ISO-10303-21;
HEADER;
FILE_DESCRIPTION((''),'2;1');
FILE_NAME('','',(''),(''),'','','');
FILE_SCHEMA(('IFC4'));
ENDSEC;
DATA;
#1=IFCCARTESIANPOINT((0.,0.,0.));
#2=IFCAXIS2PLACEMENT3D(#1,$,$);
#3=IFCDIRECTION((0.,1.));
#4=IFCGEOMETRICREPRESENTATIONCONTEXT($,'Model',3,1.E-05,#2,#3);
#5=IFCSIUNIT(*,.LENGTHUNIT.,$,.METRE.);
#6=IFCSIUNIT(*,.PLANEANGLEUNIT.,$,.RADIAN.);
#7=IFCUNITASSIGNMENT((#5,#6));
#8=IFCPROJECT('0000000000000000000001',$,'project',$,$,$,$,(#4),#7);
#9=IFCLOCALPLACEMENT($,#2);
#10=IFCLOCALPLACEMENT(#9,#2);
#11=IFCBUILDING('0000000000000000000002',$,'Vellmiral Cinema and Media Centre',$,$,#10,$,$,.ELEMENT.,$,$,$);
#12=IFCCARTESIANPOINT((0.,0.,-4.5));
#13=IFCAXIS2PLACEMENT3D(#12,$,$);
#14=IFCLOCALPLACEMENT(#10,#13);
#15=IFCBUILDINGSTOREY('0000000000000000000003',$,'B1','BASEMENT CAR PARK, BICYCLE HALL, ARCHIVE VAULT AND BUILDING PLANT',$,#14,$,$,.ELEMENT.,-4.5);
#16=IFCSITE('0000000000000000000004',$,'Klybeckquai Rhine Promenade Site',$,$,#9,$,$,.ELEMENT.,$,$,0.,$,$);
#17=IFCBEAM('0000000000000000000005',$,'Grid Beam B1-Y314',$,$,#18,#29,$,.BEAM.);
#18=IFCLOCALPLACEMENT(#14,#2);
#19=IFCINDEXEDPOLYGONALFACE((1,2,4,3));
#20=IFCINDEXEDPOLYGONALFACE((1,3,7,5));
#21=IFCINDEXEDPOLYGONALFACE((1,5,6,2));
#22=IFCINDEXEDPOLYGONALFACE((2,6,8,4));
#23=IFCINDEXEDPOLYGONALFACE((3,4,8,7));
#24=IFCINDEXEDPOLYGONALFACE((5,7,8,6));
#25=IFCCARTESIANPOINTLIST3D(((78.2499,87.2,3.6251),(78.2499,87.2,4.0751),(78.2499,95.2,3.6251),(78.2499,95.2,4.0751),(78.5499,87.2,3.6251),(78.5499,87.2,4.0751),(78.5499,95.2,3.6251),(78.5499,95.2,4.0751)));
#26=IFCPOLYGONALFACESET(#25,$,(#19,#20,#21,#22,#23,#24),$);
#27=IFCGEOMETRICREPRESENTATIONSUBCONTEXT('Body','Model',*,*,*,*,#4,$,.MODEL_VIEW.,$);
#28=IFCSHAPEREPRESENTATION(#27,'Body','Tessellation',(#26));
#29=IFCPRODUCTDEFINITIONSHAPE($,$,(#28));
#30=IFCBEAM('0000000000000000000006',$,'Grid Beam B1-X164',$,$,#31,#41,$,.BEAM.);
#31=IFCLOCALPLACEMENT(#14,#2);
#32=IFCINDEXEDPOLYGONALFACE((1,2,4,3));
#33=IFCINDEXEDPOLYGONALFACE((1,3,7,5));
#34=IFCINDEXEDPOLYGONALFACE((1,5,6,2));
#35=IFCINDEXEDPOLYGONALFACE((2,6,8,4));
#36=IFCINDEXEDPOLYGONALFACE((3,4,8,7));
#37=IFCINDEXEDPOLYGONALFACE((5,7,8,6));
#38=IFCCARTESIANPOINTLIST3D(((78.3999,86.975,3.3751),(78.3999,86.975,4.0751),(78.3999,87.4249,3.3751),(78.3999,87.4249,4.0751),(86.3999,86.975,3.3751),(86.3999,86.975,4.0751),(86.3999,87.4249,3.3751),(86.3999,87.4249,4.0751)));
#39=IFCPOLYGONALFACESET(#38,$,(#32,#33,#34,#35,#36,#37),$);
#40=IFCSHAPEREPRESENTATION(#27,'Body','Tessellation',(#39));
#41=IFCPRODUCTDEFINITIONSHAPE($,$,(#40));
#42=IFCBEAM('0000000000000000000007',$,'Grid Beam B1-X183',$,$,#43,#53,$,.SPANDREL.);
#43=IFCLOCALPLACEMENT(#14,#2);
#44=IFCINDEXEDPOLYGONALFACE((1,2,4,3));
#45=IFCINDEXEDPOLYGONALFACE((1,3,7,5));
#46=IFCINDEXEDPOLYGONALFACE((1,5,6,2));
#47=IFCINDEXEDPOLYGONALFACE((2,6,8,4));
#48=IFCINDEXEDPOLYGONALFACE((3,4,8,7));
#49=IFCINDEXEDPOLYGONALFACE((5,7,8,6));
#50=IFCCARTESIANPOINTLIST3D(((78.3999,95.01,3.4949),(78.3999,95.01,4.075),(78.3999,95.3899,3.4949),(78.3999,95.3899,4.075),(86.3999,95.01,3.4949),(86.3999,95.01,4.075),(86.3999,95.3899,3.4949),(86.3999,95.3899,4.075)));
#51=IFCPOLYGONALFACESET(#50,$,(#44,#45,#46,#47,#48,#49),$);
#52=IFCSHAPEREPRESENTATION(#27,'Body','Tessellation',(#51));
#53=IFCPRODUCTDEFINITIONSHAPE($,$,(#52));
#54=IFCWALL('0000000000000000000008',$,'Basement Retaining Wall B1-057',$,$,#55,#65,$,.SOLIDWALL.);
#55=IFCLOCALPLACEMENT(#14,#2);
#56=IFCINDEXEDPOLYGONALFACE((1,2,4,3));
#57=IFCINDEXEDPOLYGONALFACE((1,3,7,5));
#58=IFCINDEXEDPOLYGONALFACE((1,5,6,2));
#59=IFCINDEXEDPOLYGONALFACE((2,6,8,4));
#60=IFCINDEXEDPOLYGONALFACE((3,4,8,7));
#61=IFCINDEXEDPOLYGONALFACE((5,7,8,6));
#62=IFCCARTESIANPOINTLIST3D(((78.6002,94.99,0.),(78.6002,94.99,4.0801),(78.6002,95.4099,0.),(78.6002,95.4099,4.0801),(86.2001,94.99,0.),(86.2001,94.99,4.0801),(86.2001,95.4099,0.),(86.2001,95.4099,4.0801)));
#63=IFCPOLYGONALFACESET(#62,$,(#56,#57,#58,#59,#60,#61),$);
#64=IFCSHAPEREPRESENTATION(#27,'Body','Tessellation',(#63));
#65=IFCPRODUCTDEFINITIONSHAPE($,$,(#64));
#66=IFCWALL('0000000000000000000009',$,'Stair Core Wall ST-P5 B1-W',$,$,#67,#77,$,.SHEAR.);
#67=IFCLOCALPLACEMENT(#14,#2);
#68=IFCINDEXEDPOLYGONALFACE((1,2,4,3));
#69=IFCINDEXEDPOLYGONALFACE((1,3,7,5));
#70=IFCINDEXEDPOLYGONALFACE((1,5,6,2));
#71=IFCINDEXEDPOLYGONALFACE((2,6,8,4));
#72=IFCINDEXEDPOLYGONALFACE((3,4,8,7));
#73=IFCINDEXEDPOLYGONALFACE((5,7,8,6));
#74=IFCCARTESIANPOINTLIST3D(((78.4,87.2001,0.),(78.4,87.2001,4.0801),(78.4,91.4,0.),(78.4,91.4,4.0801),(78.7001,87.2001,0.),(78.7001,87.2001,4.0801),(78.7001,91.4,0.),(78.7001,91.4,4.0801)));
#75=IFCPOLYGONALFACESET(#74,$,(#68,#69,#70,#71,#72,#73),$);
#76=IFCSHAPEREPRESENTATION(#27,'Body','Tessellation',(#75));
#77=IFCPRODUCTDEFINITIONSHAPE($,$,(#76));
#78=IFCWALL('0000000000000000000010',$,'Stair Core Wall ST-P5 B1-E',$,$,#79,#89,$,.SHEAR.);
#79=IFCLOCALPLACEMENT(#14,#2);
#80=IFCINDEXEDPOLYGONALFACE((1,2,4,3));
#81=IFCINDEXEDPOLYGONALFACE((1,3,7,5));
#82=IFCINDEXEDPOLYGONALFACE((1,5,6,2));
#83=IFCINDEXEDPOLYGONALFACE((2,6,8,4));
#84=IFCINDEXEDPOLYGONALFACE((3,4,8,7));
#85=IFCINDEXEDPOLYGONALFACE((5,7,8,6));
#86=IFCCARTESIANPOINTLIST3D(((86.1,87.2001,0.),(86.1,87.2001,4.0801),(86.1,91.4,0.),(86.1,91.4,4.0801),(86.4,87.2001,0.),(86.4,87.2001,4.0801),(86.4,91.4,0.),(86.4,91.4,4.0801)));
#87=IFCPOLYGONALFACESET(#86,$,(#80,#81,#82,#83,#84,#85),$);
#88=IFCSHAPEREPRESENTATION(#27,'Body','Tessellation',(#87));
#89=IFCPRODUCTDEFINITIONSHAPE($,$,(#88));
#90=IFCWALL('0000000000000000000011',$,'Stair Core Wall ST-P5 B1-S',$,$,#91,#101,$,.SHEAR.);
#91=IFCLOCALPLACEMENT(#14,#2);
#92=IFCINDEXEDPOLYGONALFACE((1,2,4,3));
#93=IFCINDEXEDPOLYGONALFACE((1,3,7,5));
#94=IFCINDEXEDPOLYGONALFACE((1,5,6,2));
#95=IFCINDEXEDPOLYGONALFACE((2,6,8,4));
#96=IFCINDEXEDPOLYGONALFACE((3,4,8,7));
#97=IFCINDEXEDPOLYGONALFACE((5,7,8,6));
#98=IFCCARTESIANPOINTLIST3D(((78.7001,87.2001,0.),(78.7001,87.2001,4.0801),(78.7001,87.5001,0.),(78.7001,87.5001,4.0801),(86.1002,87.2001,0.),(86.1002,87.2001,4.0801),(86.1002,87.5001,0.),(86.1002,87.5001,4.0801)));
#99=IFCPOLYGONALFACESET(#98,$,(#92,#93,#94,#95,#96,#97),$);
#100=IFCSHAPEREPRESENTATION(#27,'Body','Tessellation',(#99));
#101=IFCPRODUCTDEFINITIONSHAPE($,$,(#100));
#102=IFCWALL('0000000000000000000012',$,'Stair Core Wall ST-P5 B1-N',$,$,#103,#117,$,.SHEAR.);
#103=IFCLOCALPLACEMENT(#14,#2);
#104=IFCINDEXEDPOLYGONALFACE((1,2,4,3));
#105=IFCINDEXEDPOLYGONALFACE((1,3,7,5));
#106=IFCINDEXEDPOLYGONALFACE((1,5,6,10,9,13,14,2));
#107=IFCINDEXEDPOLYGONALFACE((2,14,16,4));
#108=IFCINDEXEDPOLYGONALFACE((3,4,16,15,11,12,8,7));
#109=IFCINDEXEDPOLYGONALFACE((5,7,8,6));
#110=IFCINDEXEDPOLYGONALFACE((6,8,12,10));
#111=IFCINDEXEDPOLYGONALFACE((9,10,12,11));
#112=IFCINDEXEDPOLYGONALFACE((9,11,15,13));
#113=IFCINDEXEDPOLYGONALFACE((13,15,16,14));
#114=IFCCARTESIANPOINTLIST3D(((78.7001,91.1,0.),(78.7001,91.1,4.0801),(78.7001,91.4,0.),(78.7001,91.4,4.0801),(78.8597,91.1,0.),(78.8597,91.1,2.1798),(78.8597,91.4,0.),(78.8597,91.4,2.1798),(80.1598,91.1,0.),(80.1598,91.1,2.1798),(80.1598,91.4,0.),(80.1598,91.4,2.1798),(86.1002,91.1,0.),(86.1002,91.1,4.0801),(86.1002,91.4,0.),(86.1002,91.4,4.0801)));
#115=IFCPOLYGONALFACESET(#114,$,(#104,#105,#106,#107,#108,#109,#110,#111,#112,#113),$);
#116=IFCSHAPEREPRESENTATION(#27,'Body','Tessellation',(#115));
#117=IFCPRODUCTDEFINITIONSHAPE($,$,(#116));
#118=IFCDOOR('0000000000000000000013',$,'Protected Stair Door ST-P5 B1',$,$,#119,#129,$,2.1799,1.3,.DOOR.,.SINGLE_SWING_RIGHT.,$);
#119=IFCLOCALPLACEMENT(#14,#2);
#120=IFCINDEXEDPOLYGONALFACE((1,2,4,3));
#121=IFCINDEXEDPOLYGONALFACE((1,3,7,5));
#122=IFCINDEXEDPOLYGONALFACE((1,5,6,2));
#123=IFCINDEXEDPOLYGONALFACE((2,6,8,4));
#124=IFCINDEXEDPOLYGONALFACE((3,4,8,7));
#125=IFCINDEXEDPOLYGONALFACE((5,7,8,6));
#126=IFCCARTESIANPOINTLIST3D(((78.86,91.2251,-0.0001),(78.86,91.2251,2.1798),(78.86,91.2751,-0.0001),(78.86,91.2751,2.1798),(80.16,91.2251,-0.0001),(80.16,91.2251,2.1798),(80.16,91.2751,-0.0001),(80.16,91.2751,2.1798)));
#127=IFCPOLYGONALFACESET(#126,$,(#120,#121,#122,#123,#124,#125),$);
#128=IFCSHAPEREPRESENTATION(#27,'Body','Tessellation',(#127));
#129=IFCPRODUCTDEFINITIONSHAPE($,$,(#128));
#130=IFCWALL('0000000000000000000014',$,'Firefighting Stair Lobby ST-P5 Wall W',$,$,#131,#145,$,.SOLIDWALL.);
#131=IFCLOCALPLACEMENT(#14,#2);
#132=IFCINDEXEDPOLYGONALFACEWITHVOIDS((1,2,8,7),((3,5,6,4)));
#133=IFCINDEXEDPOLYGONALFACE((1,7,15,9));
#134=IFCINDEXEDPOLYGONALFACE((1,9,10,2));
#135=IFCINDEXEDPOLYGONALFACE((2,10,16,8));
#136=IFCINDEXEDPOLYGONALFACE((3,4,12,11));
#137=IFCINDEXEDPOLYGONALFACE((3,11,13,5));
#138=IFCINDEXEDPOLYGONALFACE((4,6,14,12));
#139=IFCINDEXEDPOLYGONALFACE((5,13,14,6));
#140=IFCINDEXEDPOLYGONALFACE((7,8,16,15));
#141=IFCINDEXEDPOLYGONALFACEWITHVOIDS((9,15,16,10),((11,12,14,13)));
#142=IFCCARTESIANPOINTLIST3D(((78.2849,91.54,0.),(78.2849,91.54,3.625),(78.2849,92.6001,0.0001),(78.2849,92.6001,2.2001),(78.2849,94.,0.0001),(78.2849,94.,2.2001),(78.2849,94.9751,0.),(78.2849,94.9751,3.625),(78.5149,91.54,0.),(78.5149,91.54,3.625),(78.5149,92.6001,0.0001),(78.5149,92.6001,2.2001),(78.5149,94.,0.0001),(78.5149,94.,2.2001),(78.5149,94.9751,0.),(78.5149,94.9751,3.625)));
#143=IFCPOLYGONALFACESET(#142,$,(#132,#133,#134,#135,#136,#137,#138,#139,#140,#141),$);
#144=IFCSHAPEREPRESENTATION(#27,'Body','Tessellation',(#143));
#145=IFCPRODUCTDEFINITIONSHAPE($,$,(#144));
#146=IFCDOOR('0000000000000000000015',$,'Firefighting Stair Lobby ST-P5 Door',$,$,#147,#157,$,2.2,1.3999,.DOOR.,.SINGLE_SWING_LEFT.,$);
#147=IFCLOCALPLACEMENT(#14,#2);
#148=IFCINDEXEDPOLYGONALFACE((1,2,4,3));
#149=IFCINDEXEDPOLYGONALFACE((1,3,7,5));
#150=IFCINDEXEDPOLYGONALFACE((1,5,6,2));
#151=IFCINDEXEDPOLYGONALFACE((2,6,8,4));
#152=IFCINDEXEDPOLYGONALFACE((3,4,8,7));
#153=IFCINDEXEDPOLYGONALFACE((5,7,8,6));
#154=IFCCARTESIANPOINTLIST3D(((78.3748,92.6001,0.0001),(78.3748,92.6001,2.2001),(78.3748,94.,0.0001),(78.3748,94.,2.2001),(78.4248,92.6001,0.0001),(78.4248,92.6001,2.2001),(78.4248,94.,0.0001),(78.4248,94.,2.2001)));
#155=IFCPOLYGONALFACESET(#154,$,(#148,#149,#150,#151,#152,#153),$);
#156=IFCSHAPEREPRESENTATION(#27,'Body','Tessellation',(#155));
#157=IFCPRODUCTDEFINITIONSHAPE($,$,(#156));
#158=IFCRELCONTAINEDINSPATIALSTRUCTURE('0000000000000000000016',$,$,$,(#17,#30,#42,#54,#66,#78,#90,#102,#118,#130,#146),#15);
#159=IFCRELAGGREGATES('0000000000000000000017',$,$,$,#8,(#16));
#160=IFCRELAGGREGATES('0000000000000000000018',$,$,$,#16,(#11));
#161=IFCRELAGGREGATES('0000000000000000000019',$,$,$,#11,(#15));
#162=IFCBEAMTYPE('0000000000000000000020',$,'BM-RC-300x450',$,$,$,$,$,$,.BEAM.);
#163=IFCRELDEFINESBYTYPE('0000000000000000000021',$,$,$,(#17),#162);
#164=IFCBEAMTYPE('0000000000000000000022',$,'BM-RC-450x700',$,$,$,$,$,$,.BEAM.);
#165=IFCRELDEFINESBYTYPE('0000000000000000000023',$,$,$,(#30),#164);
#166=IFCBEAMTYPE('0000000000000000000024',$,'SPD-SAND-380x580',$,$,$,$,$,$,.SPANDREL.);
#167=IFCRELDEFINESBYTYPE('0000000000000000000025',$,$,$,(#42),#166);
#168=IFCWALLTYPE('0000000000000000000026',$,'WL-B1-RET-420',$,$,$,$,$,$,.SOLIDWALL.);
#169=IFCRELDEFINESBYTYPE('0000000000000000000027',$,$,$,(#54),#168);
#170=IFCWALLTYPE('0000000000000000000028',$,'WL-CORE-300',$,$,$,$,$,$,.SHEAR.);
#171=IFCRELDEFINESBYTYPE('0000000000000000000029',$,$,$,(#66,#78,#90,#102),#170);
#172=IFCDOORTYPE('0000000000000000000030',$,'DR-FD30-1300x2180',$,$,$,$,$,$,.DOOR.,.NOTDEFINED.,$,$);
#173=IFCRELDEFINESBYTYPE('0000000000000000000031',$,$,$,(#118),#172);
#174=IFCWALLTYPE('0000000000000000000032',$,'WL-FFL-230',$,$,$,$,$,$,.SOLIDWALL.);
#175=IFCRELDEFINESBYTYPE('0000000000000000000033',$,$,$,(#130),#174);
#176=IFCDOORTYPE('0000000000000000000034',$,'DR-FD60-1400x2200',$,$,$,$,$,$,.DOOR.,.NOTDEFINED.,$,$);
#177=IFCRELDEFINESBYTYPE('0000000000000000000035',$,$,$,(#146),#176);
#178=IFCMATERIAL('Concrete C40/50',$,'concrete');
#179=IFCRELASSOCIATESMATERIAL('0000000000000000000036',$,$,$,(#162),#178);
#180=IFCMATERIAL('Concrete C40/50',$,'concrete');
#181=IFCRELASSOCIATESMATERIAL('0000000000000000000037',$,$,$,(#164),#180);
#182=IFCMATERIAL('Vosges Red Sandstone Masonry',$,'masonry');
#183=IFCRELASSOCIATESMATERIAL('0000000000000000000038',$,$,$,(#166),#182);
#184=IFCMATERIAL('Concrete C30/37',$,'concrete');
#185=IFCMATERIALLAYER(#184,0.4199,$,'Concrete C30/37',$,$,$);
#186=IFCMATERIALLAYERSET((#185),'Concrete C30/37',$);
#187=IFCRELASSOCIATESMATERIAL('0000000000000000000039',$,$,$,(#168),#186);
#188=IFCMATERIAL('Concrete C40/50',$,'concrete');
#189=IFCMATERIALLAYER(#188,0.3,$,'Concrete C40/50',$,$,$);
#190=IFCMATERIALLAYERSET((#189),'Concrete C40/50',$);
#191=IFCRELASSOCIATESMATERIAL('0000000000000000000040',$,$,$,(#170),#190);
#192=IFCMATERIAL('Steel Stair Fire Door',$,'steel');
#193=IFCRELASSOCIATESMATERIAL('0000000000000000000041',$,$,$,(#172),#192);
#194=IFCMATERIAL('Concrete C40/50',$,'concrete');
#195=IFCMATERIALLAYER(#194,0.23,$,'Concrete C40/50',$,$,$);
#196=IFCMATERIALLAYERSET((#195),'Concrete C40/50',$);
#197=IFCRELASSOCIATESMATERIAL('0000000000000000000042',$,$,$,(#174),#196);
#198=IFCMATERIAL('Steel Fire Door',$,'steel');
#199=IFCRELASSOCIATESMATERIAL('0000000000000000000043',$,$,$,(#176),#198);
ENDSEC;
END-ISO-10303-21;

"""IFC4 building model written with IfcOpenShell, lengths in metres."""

from ifc_helpers import new_model, si_unit, direction, frame, frame_2d, origin, origin_2d, place, context, subcontext, project, spatial, rectangle, extrude, material, layer, layer_set, material_profile, profile_set, type_object, element, fill, save


model = new_model("IFC4")

# Units and contexts
model_context = context("Model", 3, precision=1e-05, world=origin(), true_north=direction((0.0, 1.0)))
body_context = subcontext(model_context, "Body", "Model", "MODEL_VIEW")
ifc_project = project(units=[si_unit("LENGTHUNIT", "METRE"), si_unit("PLANEANGLEUNIT", "RADIAN")], contexts=[model_context])

# Site, building, storey
site_placement = place(None, origin())
site = spatial("IfcSite", under=ifc_project, at=site_placement, Name="Klybeckquai Rhine Promenade Site", CompositionType="ELEMENT", RefElevation=0.0)
building_placement = place(site_placement, origin())
building = spatial("IfcBuilding", under=site, at=building_placement, Name="Vellmiral Cinema and Media Centre", CompositionType="ELEMENT")
storey_placement = place(building_placement, frame((0.0, 0.0, -4.5)))
storey = spatial("IfcBuildingStorey", under=building, at=storey_placement, Name="B1", Description="BASEMENT CAR PARK, BICYCLE HALL, ARCHIVE VAULT AND BUILDING PLANT", CompositionType="ELEMENT", Elevation=-4.5)

# Beams
ifc_material_1 = material(Name="Concrete C40/50", Category="concrete")
ifc_material_profile_1 = material_profile(ifc_material_1, rectangle(XDim=0.3, YDim=0.45, at=origin_2d()), Name="RC 300x450")
ifc_profile_set_1 = profile_set([ifc_material_profile_1], Name="Concrete C40/50")
beam_type_1 = type_object("IfcBeamType", Name="BM-RC-300x450", PredefinedType="BEAM", material=ifc_profile_set_1)
beam_1_placement = place(storey_placement, frame((78.3999, 87.2, 3.8501), z_axis=(0.0, 1.0, 0.0), x_axis=(-1.0, 0.0, 0.0)))
element("IfcBeam", 1, at=beam_1_placement, inside=storey, type_object=beam_type_1, Name="Grid Beam B1-Y314", PredefinedType="BEAM", context=body_context, shape_type="SweptSolid", body=[
    extrude(rectangle(XDim=0.3, YDim=0.45, at=origin_2d()), origin(), (0.0, 0.0, 1.0), 8.0),
])
ifc_material_2 = material(Name="Concrete C40/50", Category="concrete")
ifc_material_profile_2 = material_profile(ifc_material_2, rectangle(XDim=0.45, YDim=0.7, at=origin_2d()), Name="RC 450x700")
ifc_profile_set_2 = profile_set([ifc_material_profile_2], Name="Concrete C40/50")
beam_type_2 = type_object("IfcBeamType", Name="BM-RC-450x700", PredefinedType="BEAM", material=ifc_profile_set_2)
beam_2_placement = place(storey_placement, frame((78.3999, 87.2, 3.7251), z_axis=(1.0, 0.0, 0.0), x_axis=(0.0, 1.0, 0.0)))
element("IfcBeam", 2, at=beam_2_placement, inside=storey, type_object=beam_type_2, Name="Grid Beam B1-X164", PredefinedType="BEAM", context=body_context, shape_type="SweptSolid", body=[
    extrude(rectangle(XDim=0.45, YDim=0.7, at=origin_2d()), origin(), (0.0, 0.0, 1.0), 8.0),
])
ifc_material_3 = material(Name="Vosges Red Sandstone Masonry", Category="masonry")
ifc_material_profile_3 = material_profile(ifc_material_3, rectangle(XDim=0.3799, YDim=0.5801, at=origin_2d()), Name="SAND 380x580")
ifc_profile_set_3 = profile_set([ifc_material_profile_3], Name="Vosges Red Sandstone Masonry")
beam_type_3 = type_object("IfcBeamType", Name="SPD-SAND-380x580", PredefinedType="SPANDREL", material=ifc_profile_set_3)
beam_3_placement = place(storey_placement, frame((78.3999, 95.2, 3.7849), z_axis=(1.0, 0.0, 0.0), x_axis=(0.0, 1.0, 0.0)))
element("IfcBeam", 3, at=beam_3_placement, inside=storey, type_object=beam_type_3, Name="Grid Beam B1-X183", PredefinedType="SPANDREL", context=body_context, shape_type="SweptSolid", body=[
    extrude(rectangle(XDim=0.3799, YDim=0.5801, at=origin_2d()), origin(), (0.0, 0.0, 1.0), 8.0),
])

# Walls
ifc_material_4 = material(Name="Concrete C30/37", Category="concrete")
ifc_layer_1 = layer(ifc_material_4, 0.4199, Name="Concrete C30/37")
ifc_layer_set_1 = layer_set([ifc_layer_1], Name="Concrete C30/37")
wall_type_1 = type_object("IfcWallType", Name="WL-B1-RET-420", PredefinedType="SOLIDWALL", material=ifc_layer_set_1)
wall_1_placement = place(storey_placement, frame((86.2, 95.2, 0.0), z_axis=(0.0, 0.0, 1.0), x_axis=(-1.0, 0.0, 0.0)))
element("IfcWall", 4, at=wall_1_placement, inside=storey, type_object=wall_type_1, Name="Basement Retaining Wall B1-057", PredefinedType="SOLIDWALL", context=body_context, shape_type="SweptSolid", body=[
    extrude(rectangle(XDim=7.5999, YDim=0.4199, at=frame_2d((3.7998, 0.0))), origin(), (0.0, 0.0, 1.0), 4.0801),
])
ifc_material_5 = material(Name="Concrete C40/50", Category="concrete")
ifc_layer_2 = layer(ifc_material_5, 0.3, Name="Concrete C40/50")
ifc_layer_set_2 = layer_set([ifc_layer_2], Name="Concrete C40/50")
wall_type_2 = type_object("IfcWallType", Name="WL-CORE-300", PredefinedType="SHEAR", material=ifc_layer_set_2)
for number, where, z_axis, x_axis, name in (
    (5, (78.55, 87.2, 0.0), (0.0, 0.0, 1.0), (0.0, 1.0, 0.0), "Stair Core Wall ST-P5 B1-W"),
    (6, (86.25, 87.2, 0.0), (0.0, 0.0, 1.0), (0.0, 1.0, 0.0), "Stair Core Wall ST-P5 B1-E"),
):
    element("IfcWall", number, at=place(storey_placement, frame(where, z_axis=z_axis, x_axis=x_axis)), inside=storey, type_object=wall_type_2, Name=name, PredefinedType="SHEAR", context=body_context, shape_type="SweptSolid", body=[
        extrude(rectangle(XDim=4.2, YDim=0.3, at=frame_2d((2.1001, 0.0))), origin(), (0.0, 0.0, 1.0), 4.0801),
    ])
wall_2_placement = place(storey_placement, frame((78.7, 87.3501, 0.0), z_axis=(0.0, 0.0, 1.0), x_axis=(1.0, 0.0, 0.0)))
element("IfcWall", 7, at=wall_2_placement, inside=storey, type_object=wall_type_2, Name="Stair Core Wall ST-P5 B1-S", PredefinedType="SHEAR", context=body_context, shape_type="SweptSolid", body=[
    extrude(rectangle(XDim=7.4001, YDim=0.3, at=frame_2d((3.7002, 0.0))), origin(), (0.0, 0.0, 1.0), 4.0801),
])

# Walls, openings, doors
wall_3_placement = place(storey_placement, frame((78.7, 91.25, 0.0), z_axis=(0.0, 0.0, 1.0), x_axis=(1.0, 0.0, 0.0)))
wall_3 = element("IfcWall", 8, at=wall_3_placement, inside=storey, type_object=wall_type_2, Name="Stair Core Wall ST-P5 B1-N", PredefinedType="SHEAR", context=body_context, shape_type="SweptSolid", body=[
    extrude(rectangle(XDim=7.4001, YDim=0.3, at=frame_2d((3.7002, 0.0))), origin(), (0.0, 0.0, 1.0), 4.0801),
])
opening_1_placement = place(wall_3_placement, frame((0.1599, 0.0, 0.0)))
opening_1 = element("IfcOpeningElement", 9, at=opening_1_placement, cuts=wall_3, PredefinedType="OPENING", context=body_context, shape_type="SweptSolid", body=[
    extrude(rectangle(XDim=1.3, YDim=2.1799, at=frame_2d((0.6499, 1.0898))), frame((0.0, 0.1621, 0.0), z_axis=(0.0, -1.0, 0.0), x_axis=(1.0, 0.0, 0.0)), (0.0, 0.0, 1.0), 0.324),
])
ifc_material_6 = material(Name="Steel Stair Fire Door", Category="steel")
door_type_1 = type_object("IfcDoorType", Name="DR-FD30-1300x2180", OperationType="NOTDEFINED", PredefinedType="DOOR", material=ifc_material_6)
door_1_placement = place(opening_1_placement, frame((1.3, 0.0, 0.0), z_axis=(0.0, 0.0, 1.0), x_axis=(-1.0, 0.0, 0.0)))
door_1 = element("IfcDoor", 10, at=door_1_placement, inside=storey, type_object=door_type_1, Name="Protected Stair Door ST-P5 B1", OperationType="SINGLE_SWING_RIGHT", OverallHeight=2.1799, OverallWidth=1.3, PredefinedType="DOOR", context=body_context, shape_type="SweptSolid", body=[
    extrude(rectangle(XDim=1.3, YDim=2.1799, at=frame_2d((0.6499, 1.0898))), frame((0.0, 0.0249, 0.0), z_axis=(0.0, -1.0, 0.0), x_axis=(1.0, 0.0, 0.0)), (0.0, 0.0, 1.0), 0.05),
])
fill(opening_1, door_1)
ifc_material_7 = material(Name="Concrete C40/50", Category="concrete")
ifc_layer_3 = layer(ifc_material_7, 0.23, Name="Concrete C40/50")
ifc_layer_set_3 = layer_set([ifc_layer_3], Name="Concrete C40/50")
wall_type_3 = type_object("IfcWallType", Name="WL-FFL-230", PredefinedType="SOLIDWALL", material=ifc_layer_set_3)
wall_4_placement = place(storey_placement, frame((78.3999, 91.54, 0.0), z_axis=(0.0, 0.0, 1.0), x_axis=(0.0, 1.0, 0.0)))
wall_4 = element("IfcWall", 11, at=wall_4_placement, inside=storey, type_object=wall_type_3, Name="Firefighting Stair Lobby ST-P5 Wall W", PredefinedType="SOLIDWALL", context=body_context, shape_type="SweptSolid", body=[
    extrude(rectangle(XDim=3.4351, YDim=0.23, at=frame_2d((1.7175, 0.0))), origin(), (0.0, 0.0, 1.0), 3.625),
])
opening_2_placement = place(wall_4_placement, frame((1.0601, 0.0, 0.0)))
opening_2 = element("IfcOpeningElement", 12, at=opening_2_placement, cuts=wall_4, PredefinedType="OPENING", context=body_context, shape_type="SweptSolid", body=[
    extrude(rectangle(XDim=1.3999, YDim=2.2, at=frame_2d((0.7, 1.1001))), frame((0.0, 0.127, 0.0), z_axis=(0.0, -1.0, 0.0), x_axis=(1.0, 0.0, 0.0)), (0.0, 0.0, 1.0), 0.2539),
])
ifc_material_8 = material(Name="Steel Fire Door", Category="steel")
door_type_2 = type_object("IfcDoorType", Name="DR-FD60-1400x2200", OperationType="NOTDEFINED", PredefinedType="DOOR", material=ifc_material_8)
door_2_placement = place(opening_2_placement, frame((1.3999, 0.0, 0.0), z_axis=(0.0, 0.0, 1.0), x_axis=(-1.0, 0.0, 0.0)))
door_2 = element("IfcDoor", 13, at=door_2_placement, inside=storey, type_object=door_type_2, Name="Firefighting Stair Lobby ST-P5 Door", OperationType="SINGLE_SWING_LEFT", OverallHeight=2.2, OverallWidth=1.3999, PredefinedType="DOOR", context=body_context, shape_type="SweptSolid", body=[
    extrude(rectangle(XDim=1.3999, YDim=2.2, at=frame_2d((0.7, 1.1001))), frame((0.0, 0.0249, 0.0), z_axis=(0.0, -1.0, 0.0), x_axis=(1.0, 0.0, 0.0)), (0.0, 0.0, 1.0), 0.05),
])
fill(opening_2, door_2)

save(model, "model.ifc")
